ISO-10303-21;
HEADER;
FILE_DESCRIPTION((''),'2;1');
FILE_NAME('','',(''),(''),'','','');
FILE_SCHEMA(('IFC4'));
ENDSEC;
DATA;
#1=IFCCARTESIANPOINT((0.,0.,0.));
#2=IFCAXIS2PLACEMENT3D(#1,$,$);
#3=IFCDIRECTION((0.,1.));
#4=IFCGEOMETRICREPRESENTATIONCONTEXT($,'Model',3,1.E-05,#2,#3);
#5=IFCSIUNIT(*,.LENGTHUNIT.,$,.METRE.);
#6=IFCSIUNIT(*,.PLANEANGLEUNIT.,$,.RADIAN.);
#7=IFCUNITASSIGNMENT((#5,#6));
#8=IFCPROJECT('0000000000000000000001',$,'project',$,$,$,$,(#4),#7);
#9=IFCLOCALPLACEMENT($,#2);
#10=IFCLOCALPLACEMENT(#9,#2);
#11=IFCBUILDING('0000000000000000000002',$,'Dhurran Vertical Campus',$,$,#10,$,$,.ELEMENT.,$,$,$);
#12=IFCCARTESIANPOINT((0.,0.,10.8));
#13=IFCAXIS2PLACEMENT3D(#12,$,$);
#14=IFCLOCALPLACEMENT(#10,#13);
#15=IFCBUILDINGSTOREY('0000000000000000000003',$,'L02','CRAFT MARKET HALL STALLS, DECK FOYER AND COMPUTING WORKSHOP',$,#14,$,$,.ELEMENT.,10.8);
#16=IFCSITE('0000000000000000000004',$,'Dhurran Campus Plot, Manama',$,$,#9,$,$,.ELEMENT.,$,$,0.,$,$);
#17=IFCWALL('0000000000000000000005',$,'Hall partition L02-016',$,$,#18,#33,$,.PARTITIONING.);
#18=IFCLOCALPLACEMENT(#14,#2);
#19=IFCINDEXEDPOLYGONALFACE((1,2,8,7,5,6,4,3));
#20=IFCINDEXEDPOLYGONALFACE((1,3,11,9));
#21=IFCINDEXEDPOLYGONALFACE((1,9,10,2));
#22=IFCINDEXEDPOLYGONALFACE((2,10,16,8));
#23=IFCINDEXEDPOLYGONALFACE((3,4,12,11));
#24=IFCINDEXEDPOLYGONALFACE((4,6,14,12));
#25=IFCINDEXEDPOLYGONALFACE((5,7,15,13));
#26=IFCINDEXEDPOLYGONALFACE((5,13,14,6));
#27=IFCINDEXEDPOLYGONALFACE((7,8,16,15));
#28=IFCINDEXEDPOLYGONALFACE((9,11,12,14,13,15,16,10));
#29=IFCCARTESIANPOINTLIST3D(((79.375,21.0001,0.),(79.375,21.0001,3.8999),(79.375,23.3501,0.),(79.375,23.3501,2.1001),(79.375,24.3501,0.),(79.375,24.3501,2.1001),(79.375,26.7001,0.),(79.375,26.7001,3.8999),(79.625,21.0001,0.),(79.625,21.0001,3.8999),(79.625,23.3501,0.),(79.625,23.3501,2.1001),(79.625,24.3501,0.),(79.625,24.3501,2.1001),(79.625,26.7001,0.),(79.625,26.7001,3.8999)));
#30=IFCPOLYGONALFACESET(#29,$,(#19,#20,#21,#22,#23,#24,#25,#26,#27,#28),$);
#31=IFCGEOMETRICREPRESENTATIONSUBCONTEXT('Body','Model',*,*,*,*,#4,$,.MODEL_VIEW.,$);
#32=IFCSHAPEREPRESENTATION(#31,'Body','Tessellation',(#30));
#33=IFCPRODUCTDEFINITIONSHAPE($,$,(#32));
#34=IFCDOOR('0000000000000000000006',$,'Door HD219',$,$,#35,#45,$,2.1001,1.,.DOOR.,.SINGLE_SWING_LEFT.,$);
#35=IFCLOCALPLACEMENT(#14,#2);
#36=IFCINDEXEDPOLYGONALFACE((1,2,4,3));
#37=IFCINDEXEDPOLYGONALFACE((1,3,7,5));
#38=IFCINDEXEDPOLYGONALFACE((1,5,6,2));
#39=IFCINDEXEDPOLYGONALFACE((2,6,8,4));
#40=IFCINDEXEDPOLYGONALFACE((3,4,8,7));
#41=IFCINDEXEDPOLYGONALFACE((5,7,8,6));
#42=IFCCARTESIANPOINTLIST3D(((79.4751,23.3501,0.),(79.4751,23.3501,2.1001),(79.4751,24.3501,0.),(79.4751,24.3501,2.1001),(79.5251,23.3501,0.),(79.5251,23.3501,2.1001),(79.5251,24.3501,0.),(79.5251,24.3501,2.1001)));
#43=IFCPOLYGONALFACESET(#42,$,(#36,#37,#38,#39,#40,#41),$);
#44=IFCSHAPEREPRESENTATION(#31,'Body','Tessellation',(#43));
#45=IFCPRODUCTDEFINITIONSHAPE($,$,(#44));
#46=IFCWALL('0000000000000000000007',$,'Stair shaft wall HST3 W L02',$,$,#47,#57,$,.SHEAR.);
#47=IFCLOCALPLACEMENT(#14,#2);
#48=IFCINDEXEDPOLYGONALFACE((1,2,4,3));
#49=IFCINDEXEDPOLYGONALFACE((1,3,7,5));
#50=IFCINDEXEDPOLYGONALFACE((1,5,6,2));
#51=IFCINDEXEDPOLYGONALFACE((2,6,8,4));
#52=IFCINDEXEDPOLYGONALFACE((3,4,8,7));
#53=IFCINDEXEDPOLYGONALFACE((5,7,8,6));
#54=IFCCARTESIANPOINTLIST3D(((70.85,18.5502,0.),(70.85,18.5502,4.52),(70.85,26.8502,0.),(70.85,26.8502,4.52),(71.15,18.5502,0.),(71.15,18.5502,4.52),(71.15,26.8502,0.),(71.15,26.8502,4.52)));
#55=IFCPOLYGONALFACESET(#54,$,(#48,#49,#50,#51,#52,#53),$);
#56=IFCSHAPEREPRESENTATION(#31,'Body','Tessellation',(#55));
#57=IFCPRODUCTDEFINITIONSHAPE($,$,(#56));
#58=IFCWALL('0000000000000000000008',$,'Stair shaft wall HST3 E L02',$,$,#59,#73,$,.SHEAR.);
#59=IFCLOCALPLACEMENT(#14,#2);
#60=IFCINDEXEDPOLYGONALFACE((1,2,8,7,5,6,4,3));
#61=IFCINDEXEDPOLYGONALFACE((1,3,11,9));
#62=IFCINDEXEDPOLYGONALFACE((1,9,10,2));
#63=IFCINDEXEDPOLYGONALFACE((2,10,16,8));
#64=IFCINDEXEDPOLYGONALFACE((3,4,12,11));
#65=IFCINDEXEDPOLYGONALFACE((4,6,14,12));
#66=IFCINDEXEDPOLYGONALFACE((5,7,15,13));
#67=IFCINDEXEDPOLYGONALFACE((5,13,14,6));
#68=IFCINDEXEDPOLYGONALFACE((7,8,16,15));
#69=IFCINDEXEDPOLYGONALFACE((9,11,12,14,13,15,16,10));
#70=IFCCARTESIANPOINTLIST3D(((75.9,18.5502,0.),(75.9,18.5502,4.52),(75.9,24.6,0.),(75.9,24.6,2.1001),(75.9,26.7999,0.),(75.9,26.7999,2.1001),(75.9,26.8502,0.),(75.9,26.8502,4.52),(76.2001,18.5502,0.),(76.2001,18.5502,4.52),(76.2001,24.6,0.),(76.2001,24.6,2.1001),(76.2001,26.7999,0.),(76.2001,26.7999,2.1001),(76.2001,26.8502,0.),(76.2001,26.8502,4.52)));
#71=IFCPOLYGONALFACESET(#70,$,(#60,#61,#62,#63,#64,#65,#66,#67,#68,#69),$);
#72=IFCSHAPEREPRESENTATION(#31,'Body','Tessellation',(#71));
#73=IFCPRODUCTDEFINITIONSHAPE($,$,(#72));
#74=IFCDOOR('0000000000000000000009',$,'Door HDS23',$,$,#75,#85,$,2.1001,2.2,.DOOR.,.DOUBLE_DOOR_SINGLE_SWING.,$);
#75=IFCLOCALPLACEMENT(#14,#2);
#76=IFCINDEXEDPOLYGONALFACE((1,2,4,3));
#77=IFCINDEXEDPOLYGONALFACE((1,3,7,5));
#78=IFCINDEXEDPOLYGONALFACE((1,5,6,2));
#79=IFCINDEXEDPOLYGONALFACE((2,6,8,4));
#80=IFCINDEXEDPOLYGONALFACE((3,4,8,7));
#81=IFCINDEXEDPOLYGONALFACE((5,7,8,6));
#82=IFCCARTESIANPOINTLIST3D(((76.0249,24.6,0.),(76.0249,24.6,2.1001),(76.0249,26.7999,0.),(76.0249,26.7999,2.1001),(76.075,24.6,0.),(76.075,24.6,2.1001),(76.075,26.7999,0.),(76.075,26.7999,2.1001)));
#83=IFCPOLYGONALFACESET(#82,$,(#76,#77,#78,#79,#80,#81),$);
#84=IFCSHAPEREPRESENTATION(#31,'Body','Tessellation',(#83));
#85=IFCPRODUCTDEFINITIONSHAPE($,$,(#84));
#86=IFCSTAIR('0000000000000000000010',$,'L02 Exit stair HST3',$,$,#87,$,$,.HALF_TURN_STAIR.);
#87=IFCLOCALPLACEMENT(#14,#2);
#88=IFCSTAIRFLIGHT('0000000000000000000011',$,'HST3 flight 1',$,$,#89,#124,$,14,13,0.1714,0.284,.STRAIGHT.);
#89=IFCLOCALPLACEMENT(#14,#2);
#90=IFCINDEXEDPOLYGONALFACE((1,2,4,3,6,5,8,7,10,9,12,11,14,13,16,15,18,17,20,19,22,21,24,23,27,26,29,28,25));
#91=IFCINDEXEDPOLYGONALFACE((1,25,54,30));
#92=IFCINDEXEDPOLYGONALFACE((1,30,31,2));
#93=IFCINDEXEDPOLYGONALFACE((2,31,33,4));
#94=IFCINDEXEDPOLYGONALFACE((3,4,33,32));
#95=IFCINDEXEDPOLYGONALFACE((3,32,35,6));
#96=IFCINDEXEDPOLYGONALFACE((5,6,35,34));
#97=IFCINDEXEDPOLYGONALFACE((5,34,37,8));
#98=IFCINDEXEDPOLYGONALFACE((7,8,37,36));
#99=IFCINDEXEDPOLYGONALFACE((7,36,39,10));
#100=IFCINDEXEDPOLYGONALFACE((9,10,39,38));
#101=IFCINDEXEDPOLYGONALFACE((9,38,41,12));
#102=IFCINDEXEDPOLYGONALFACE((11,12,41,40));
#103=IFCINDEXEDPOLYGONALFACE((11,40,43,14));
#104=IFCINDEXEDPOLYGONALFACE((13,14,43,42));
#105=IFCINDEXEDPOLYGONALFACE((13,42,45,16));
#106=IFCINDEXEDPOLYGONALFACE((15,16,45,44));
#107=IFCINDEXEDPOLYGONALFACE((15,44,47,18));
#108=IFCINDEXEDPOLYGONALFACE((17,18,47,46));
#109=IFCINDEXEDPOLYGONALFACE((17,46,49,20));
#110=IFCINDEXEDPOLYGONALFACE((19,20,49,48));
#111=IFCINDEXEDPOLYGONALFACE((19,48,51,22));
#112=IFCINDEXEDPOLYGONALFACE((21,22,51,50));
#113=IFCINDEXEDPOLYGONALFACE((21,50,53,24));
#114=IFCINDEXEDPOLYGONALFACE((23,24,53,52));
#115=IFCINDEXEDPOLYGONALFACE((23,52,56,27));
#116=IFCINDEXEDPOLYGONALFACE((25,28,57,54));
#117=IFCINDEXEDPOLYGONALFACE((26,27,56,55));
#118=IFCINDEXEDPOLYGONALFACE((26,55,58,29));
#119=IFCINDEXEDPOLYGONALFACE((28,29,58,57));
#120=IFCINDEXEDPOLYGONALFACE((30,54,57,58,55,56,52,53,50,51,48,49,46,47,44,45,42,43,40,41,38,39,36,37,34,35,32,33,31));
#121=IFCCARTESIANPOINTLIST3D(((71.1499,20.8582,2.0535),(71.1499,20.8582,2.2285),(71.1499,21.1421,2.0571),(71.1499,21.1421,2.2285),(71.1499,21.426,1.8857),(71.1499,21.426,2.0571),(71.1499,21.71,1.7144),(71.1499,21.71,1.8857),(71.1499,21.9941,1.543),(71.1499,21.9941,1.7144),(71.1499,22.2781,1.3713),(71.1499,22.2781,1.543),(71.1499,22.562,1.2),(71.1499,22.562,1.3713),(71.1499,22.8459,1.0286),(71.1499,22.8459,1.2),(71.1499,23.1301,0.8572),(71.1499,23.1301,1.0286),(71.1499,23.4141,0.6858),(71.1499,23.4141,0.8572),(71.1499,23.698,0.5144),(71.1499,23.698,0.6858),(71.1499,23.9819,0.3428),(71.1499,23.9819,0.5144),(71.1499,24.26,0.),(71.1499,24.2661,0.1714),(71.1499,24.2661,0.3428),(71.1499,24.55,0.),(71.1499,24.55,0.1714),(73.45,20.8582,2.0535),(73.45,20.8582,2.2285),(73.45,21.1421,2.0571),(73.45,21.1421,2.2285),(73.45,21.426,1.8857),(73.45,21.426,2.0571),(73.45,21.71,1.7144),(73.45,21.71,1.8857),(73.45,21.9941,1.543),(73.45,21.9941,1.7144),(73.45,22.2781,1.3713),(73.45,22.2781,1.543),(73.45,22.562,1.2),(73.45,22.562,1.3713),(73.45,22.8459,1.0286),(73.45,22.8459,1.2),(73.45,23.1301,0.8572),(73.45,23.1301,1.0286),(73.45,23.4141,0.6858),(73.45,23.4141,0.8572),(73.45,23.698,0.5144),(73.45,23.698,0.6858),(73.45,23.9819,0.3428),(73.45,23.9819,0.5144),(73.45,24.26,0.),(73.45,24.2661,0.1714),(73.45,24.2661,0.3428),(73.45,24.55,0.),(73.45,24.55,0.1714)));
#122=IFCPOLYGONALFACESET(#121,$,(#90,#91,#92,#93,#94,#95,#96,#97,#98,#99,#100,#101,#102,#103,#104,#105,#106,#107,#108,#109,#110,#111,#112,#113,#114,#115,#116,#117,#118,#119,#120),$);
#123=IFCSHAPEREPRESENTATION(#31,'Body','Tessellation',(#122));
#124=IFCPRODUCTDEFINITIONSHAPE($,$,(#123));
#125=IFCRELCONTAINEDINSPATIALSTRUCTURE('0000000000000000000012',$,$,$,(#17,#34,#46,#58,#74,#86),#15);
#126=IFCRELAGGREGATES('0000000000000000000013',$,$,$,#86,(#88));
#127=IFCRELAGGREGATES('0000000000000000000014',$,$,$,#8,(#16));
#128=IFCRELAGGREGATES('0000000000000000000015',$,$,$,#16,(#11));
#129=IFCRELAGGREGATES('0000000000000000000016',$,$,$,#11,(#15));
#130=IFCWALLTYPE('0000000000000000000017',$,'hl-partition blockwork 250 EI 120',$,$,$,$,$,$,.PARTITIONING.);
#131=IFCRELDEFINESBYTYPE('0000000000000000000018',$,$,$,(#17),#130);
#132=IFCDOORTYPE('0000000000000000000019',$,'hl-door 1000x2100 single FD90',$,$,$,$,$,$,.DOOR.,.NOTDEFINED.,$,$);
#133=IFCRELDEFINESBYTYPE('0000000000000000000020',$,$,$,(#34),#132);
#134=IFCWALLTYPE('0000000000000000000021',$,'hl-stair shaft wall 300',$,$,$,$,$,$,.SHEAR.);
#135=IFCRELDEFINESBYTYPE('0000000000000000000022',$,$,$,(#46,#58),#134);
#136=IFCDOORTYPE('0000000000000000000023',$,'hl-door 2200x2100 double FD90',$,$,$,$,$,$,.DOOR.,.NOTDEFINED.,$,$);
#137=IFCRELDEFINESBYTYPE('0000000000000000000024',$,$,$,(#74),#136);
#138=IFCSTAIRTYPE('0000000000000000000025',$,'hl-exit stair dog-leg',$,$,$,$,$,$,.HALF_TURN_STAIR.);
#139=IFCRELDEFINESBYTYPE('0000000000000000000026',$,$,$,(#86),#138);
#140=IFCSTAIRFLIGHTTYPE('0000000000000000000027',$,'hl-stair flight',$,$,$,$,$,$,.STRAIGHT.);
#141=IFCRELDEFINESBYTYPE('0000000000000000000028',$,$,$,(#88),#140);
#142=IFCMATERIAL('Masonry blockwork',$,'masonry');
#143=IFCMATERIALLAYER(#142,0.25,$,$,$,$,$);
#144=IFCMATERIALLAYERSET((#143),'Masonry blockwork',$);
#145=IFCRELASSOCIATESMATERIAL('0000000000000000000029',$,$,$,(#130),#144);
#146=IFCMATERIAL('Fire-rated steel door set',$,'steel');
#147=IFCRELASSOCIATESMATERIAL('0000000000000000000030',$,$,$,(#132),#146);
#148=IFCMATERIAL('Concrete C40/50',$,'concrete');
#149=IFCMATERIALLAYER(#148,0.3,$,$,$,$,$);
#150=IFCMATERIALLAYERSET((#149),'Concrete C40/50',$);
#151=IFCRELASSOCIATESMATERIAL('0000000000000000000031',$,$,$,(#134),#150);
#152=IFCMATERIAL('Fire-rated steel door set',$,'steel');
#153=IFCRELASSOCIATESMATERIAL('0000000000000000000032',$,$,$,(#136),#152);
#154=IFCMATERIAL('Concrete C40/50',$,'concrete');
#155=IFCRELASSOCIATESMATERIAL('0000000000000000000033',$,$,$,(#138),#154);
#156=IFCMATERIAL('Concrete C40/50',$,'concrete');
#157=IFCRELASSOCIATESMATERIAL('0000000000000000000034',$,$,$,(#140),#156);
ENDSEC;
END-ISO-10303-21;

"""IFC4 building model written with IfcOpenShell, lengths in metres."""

from ifc_helpers import new_model, si_unit, direction, frame, frame_2d, origin, place, context, subcontext, project, spatial, polyline, rectangle, outline, extrude, material, layer, layer_set, type_object, element, fill, aggregate, save


model = new_model("IFC4")

# Units and contexts
model_context = context("Model", 3, precision=1e-05, world=origin(), true_north=direction((0.0, 1.0)))
body_context = subcontext(model_context, "Body", "Model", "MODEL_VIEW")
ifc_project = project(units=[si_unit("LENGTHUNIT", "METRE"), si_unit("PLANEANGLEUNIT", "RADIAN")], contexts=[model_context])

# Site, building, storey
site_placement = place(None, origin())
site = spatial("IfcSite", under=ifc_project, at=site_placement, Name="Dhurran Campus Plot, Manama", CompositionType="ELEMENT", RefElevation=0.0)
building_placement = place(site_placement, origin())
building = spatial("IfcBuilding", under=site, at=building_placement, Name="Dhurran Vertical Campus", CompositionType="ELEMENT")
storey_placement = place(building_placement, frame((0.0, 0.0, 10.8)))
storey = spatial("IfcBuildingStorey", under=building, at=storey_placement, Name="L02", Description="CRAFT MARKET HALL STALLS, DECK FOYER AND COMPUTING WORKSHOP", CompositionType="ELEMENT", Elevation=10.8)

# Wall, opening, door
ifc_material_1 = material(Name="Masonry blockwork", Category="masonry")
ifc_layer_1 = layer(ifc_material_1, 0.25)
ifc_layer_set_1 = layer_set([ifc_layer_1], Name="Masonry blockwork")
wall_type_1 = type_object("IfcWallType", Name="hl-partition blockwork 250 EI 120", PredefinedType="PARTITIONING", material=ifc_layer_set_1)
wall_1_placement = place(storey_placement, frame((79.5, 21.0, 0.0), z_axis=(0.0, 0.0, 1.0), x_axis=(0.0, 1.0, 0.0)))
wall_1 = element("IfcWall", 1, at=wall_1_placement, inside=storey, type_object=wall_type_1, Name="Hall partition L02-016", PredefinedType="PARTITIONING", context=body_context, shape_type="SweptSolid", body=[
    extrude(rectangle(XDim=5.7, YDim=0.25, at=frame_2d((2.8501, 0.0))), origin(), (0.0, 0.0, 1.0), 3.8999),
])
opening_1_placement = place(wall_1_placement, frame((2.3501, 0.0, 0.0)))
opening_1 = element("IfcOpeningElement", 2, at=opening_1_placement, cuts=wall_1, PredefinedType="OPENING", context=body_context, shape_type="SweptSolid", body=[
    extrude(rectangle(XDim=1.0, YDim=2.1001, at=frame_2d((0.5, 1.05))), frame((0.0, 0.135, 0.0), z_axis=(0.0, -1.0, 0.0), x_axis=(1.0, 0.0, 0.0)), (0.0, 0.0, 1.0), 0.27),
])
ifc_material_2 = material(Name="Fire-rated steel door set", Category="steel")
door_type_1 = type_object("IfcDoorType", Name="hl-door 1000x2100 single FD90", OperationType="NOTDEFINED", PredefinedType="DOOR", material=ifc_material_2)
door_1_placement = place(opening_1_placement, origin())
door_1 = element("IfcDoor", 3, at=door_1_placement, inside=storey, type_object=door_type_1, Name="Door HD219", OperationType="SINGLE_SWING_LEFT", OverallHeight=2.1001, OverallWidth=1.0, PredefinedType="DOOR", context=body_context, shape_type="SweptSolid", body=[
    extrude(rectangle(XDim=1.0, YDim=2.1001, at=frame_2d((0.5, 1.05))), frame((0.0, 0.0249, 0.0), z_axis=(0.0, -1.0, 0.0), x_axis=(1.0, 0.0, 0.0)), (0.0, 0.0, 1.0), 0.05),
])
fill(opening_1, door_1)

# Wall
ifc_material_3 = material(Name="Concrete C40/50", Category="concrete")
ifc_layer_2 = layer(ifc_material_3, 0.3)
ifc_layer_set_2 = layer_set([ifc_layer_2], Name="Concrete C40/50")
wall_type_2 = type_object("IfcWallType", Name="hl-stair shaft wall 300", PredefinedType="SHEAR", material=ifc_layer_set_2)
wall_2_placement = place(storey_placement, frame((71.0, 26.8501, 0.0), z_axis=(0.0, 0.0, 1.0), x_axis=(0.0, -1.0, 0.0)))
element("IfcWall", 4, at=wall_2_placement, inside=storey, type_object=wall_type_2, Name="Stair shaft wall HST3 W L02", PredefinedType="SHEAR", context=body_context, shape_type="SweptSolid", body=[
    extrude(rectangle(XDim=8.3, YDim=0.3, at=frame_2d((4.1499, 0.0))), origin(), (0.0, 0.0, 1.0), 4.52),
])

# Wall, opening, door
wall_3_placement = place(storey_placement, frame((76.05, 26.8501, 0.0), z_axis=(0.0, 0.0, 1.0), x_axis=(0.0, -1.0, 0.0)))
wall_3 = element("IfcWall", 5, at=wall_3_placement, inside=storey, type_object=wall_type_2, Name="Stair shaft wall HST3 E L02", PredefinedType="SHEAR", context=body_context, shape_type="SweptSolid", body=[
    extrude(rectangle(XDim=8.3, YDim=0.3, at=frame_2d((4.1499, 0.0))), origin(), (0.0, 0.0, 1.0), 4.52),
])
opening_2_placement = place(wall_3_placement, frame((0.05, 0.0, 0.0)))
opening_2 = element("IfcOpeningElement", 6, at=opening_2_placement, cuts=wall_3, PredefinedType="OPENING", context=body_context, shape_type="SweptSolid", body=[
    extrude(rectangle(XDim=2.2, YDim=2.1001, at=frame_2d((1.1001, 1.05))), frame((0.0, 0.1599, 0.0), z_axis=(0.0, -1.0, 0.0), x_axis=(1.0, 0.0, 0.0)), (0.0, 0.0, 1.0), 0.3201),
])
ifc_material_4 = material(Name="Fire-rated steel door set", Category="steel")
door_type_2 = type_object("IfcDoorType", Name="hl-door 2200x2100 double FD90", OperationType="NOTDEFINED", PredefinedType="DOOR", material=ifc_material_4)
door_2_placement = place(opening_2_placement, origin())
door_2 = element("IfcDoor", 7, at=door_2_placement, inside=storey, type_object=door_type_2, Name="Door HDS23", OperationType="DOUBLE_DOOR_SINGLE_SWING", OverallHeight=2.1001, OverallWidth=2.2, PredefinedType="DOOR", context=body_context, shape_type="SweptSolid", body=[
    extrude(rectangle(XDim=2.2, YDim=2.1001, at=frame_2d((1.1001, 1.05))), frame((0.0, 0.0249, 0.0), z_axis=(0.0, -1.0, 0.0), x_axis=(1.0, 0.0, 0.0)), (0.0, 0.0, 1.0), 0.05),
])
fill(opening_2, door_2)

# Stair, stair flight
ifc_material_5 = material(Name="Concrete C40/50", Category="concrete")
stair_type = type_object("IfcStairType", Name="hl-exit stair dog-leg", PredefinedType="HALF_TURN_STAIR", material=ifc_material_5)
stair_placement = place(storey_placement, origin())
stair = element("IfcStair", 8, at=stair_placement, inside=storey, type_object=stair_type, Name="L02 Exit stair HST3", PredefinedType="HALF_TURN_STAIR")
ifc_material_6 = material(Name="Concrete C40/50", Category="concrete")
stair_flight_type = type_object("IfcStairFlightType", Name="hl-stair flight", PredefinedType="STRAIGHT", material=ifc_material_6)
stair_flight_placement = place(storey_placement, frame((72.3, 24.55, 0.0), z_axis=(0.0, 0.0, 1.0), x_axis=(0.0, -1.0, 0.0)))
stair_flight = element("IfcStairFlight", 9, at=stair_flight_placement, type_object=stair_flight_type, Name="HST3 flight 1", NumberOfRisers=14, NumberOfTreads=13, PredefinedType="STRAIGHT", RiserHeight=0.1714, TreadLength=0.284, context=body_context, shape_type="SweptSolid", body=[
    extrude(outline(polyline([(0.0, 0.0), (0.0, 0.1714), (0.2839, 0.1714), (0.2839, 0.3428), (0.5681, 0.3428), (0.5681, 0.5144), (0.8521, 0.5144), (0.8521, 0.6858), (1.136, 0.6858), (1.136, 0.8572), (1.4199, 0.8572), (1.4199, 1.0286), (1.7041, 1.0286), (1.7041, 1.2), (1.988, 1.2), (1.988, 1.3713), (2.272, 1.3713), (2.272, 1.543), (2.5559, 1.543), (2.5559, 1.7144), (2.8401, 1.7144), (2.8401, 1.8857), (3.124, 1.8857), (3.124, 2.0571), (3.408, 2.0571), (3.408, 2.2285), (3.6919, 2.2285), (3.6919, 2.3999), (3.6919, 2.0535), (0.29, 0.0), (0.0, 0.0)])), frame((0.0, 1.1499, 0.0), z_axis=(0.0, -1.0, 0.0), x_axis=(1.0, 0.0, 0.0)), (0.0, 0.0, 1.0), 2.3),
])
aggregate(stair, [stair_flight])

save(model, "model.ifc")
